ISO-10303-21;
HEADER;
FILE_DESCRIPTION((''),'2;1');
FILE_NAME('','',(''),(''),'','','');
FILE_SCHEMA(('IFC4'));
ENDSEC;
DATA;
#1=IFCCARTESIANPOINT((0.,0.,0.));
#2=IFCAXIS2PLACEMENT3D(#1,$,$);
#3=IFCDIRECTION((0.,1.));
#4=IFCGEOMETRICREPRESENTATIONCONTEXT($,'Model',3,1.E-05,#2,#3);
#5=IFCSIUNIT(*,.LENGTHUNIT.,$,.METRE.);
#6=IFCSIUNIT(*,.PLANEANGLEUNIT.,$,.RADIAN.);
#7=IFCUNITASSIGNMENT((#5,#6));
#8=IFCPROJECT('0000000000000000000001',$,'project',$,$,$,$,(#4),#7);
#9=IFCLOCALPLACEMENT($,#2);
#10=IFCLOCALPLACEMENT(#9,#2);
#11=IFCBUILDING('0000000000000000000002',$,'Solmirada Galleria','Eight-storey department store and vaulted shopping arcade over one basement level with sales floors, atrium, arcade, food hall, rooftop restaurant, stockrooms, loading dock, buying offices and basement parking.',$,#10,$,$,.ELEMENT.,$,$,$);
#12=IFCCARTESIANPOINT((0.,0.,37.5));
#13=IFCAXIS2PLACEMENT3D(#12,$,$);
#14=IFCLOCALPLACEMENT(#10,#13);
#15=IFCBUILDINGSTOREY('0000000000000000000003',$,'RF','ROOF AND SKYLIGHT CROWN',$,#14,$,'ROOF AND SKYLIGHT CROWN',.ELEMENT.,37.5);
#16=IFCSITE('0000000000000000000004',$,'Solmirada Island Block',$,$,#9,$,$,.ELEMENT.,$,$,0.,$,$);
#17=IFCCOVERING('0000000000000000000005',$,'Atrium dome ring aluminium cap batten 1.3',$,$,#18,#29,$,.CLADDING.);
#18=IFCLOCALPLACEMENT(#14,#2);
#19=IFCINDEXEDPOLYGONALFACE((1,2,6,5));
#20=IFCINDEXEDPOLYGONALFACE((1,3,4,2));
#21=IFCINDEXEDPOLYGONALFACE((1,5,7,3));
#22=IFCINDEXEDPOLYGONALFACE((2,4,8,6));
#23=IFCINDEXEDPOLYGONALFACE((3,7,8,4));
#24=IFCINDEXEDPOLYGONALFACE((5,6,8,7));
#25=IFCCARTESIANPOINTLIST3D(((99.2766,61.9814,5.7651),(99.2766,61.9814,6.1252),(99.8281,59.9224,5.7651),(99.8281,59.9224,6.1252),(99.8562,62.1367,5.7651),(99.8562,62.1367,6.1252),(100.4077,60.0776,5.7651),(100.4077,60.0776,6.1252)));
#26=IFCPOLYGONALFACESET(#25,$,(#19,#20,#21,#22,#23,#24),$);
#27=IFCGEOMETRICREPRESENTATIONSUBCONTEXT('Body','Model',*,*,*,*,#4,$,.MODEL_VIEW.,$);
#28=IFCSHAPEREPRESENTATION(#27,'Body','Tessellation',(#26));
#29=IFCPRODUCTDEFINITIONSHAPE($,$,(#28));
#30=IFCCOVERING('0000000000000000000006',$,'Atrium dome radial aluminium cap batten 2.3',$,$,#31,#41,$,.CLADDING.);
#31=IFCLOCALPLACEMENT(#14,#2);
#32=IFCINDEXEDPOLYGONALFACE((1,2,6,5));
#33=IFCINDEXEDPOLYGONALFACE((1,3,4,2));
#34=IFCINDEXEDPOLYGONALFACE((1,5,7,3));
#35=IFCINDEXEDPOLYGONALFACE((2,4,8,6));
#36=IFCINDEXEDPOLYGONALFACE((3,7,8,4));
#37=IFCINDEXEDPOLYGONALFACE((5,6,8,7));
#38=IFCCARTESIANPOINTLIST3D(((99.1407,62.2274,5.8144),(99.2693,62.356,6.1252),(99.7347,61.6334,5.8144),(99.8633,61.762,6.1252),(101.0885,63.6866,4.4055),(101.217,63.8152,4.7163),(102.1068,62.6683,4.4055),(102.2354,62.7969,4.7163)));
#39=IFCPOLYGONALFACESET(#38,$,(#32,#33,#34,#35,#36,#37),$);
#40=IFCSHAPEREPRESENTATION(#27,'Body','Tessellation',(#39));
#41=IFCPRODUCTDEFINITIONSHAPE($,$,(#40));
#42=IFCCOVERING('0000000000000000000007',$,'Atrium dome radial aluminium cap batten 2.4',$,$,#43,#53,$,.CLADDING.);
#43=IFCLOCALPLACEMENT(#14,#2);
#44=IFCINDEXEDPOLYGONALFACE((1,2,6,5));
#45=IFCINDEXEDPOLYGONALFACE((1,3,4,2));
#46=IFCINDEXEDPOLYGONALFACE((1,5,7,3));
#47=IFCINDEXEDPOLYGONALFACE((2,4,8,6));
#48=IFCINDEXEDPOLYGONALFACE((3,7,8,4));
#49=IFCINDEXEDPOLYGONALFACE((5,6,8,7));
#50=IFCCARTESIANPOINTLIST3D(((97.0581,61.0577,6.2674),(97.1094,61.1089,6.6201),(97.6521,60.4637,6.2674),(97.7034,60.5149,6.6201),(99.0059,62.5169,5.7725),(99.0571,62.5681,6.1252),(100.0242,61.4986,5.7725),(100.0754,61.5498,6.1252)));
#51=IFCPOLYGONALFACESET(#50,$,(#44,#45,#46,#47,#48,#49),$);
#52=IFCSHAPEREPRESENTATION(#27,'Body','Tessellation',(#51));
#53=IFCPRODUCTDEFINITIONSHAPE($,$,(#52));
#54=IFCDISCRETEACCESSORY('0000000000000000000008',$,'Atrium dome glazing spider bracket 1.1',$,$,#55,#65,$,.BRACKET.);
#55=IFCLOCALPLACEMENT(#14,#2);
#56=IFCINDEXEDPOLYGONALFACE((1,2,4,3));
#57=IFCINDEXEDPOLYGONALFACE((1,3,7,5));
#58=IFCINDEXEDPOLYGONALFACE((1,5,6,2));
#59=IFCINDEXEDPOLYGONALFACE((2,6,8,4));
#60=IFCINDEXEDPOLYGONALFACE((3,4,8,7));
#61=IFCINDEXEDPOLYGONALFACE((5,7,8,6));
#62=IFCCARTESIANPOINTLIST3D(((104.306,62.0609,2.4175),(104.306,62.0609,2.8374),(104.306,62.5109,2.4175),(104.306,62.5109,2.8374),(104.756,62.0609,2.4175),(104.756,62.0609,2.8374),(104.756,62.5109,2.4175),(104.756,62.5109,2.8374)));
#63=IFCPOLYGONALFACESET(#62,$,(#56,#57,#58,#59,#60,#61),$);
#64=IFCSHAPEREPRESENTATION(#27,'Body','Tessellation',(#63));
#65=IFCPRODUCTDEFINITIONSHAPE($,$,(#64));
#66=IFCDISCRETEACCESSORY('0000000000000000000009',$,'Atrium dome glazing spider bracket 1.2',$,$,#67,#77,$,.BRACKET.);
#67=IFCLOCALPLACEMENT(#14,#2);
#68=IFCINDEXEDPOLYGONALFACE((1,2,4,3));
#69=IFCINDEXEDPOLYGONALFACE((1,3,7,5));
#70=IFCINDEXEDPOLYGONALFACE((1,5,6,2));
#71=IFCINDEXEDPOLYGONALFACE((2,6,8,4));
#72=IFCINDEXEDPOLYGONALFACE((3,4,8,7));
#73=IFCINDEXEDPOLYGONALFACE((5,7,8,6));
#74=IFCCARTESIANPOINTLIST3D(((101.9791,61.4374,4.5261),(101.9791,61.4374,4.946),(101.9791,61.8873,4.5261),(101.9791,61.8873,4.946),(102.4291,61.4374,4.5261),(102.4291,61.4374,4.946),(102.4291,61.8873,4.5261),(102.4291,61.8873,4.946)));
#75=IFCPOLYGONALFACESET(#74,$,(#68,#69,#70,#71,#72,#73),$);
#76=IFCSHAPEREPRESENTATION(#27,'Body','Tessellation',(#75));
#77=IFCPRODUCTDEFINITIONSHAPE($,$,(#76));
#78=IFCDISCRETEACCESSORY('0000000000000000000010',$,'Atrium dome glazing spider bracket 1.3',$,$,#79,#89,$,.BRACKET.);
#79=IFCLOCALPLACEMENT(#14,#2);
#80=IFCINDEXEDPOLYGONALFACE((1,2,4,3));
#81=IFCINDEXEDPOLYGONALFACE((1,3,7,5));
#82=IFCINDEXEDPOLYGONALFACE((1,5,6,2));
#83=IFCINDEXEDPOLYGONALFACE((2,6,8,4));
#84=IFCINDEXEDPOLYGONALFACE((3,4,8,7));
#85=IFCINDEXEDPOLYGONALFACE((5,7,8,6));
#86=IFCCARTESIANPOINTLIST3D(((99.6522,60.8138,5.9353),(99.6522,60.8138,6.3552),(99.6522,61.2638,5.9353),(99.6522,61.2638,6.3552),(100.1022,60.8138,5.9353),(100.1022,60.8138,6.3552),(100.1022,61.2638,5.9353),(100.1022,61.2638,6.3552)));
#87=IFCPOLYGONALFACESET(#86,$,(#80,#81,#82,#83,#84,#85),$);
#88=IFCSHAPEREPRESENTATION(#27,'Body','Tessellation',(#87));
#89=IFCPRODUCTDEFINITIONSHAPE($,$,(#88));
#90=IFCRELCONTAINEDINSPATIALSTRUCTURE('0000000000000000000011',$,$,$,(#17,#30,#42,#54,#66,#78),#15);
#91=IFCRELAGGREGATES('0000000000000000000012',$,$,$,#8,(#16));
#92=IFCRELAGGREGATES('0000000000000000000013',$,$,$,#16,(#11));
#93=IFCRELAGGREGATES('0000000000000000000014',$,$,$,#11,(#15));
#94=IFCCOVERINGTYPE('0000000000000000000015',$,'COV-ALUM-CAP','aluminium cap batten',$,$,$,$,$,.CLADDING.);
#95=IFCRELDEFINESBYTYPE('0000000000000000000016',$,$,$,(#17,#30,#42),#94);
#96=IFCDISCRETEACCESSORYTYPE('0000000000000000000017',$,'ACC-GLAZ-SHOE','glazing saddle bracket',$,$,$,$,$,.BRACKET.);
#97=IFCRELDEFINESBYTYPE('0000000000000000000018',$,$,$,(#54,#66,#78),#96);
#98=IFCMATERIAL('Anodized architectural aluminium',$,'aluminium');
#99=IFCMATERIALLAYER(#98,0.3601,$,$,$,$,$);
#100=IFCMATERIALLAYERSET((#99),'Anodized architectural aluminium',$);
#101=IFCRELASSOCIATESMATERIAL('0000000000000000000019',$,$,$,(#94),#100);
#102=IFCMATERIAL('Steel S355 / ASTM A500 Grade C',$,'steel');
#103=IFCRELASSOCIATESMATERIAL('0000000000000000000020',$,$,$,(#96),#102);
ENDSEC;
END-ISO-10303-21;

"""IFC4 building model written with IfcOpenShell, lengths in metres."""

from ifc_helpers import new_model, si_unit, direction, frame, origin, origin_2d, place, context, subcontext, project, spatial, polyline, rectangle, outline, extrude, material, layer, layer_set, type_object, element, save


model = new_model("IFC4")

# Units and contexts
model_context = context("Model", 3, precision=1e-05, world=origin(), true_north=direction((0.0, 1.0)))
body_context = subcontext(model_context, "Body", "Model", "MODEL_VIEW")
ifc_project = project(units=[si_unit("LENGTHUNIT", "METRE"), si_unit("PLANEANGLEUNIT", "RADIAN")], contexts=[model_context])

# Site, building, storey
site_placement = place(None, origin())
site = spatial("IfcSite", under=ifc_project, at=site_placement, Name="Solmirada Island Block", CompositionType="ELEMENT", RefElevation=0.0)
building_placement = place(site_placement, origin())
building = spatial("IfcBuilding", under=site, at=building_placement, Name="Solmirada Galleria", Description="Eight-storey department store and vaulted shopping arcade over one basement level with sales floors, atrium, arcade, food hall, rooftop restaurant, stockrooms, loading dock, buying offices and basement parking.", CompositionType="ELEMENT")
storey_placement = place(building_placement, frame((0.0, 0.0, 37.5)))
storey = spatial("IfcBuildingStorey", under=building, at=storey_placement, Name="RF", Description="ROOF AND SKYLIGHT CROWN", LongName="ROOF AND SKYLIGHT CROWN", CompositionType="ELEMENT", Elevation=37.5)

# Shared definitions
ifc_material_1 = material(Name="Steel S355 / ASTM A500 Grade C", Category="steel")

# Coverings
ifc_material_2 = material(Name="Anodized architectural aluminium", Category="aluminium")
ifc_layer_1 = layer(ifc_material_2, 0.3601)
ifc_layer_set_1 = layer_set([ifc_layer_1], Name="Anodized architectural aluminium")
covering_type = type_object("IfcCoveringType", Name="COV-ALUM-CAP", Description="aluminium cap batten", PredefinedType="CLADDING", material=ifc_layer_set_1)
covering_1_placement = place(storey_placement, frame((100.4077, 60.0776, 6.1252), z_axis=(0.0, 0.0, 1.0), x_axis=(-0.965937, -0.258777, 0.0)))
element("IfcCovering", 1, at=covering_1_placement, inside=storey, type_object=covering_type, Name="Atrium dome ring aluminium cap batten 1.3", PredefinedType="CLADDING", context=body_context, shape_type="SweptSolid", body=[
    extrude(outline(polyline([(0.0, 0.0), (0.6, 0.0), (0.5999, -2.1317), (-0.0001, -2.1317), (0.0, 0.0)])), origin(), (0.0, 0.0, -1.0), 0.3601),
])
covering_2_placement = place(storey_placement, frame((102.2354, 62.7969, 4.7163), z_axis=(0.356976, 0.356976, 0.863213), x_axis=(-0.707107, 0.707107, 0.0)))
element("IfcCovering", 2, at=covering_2_placement, inside=storey, type_object=covering_type, Name="Atrium dome radial aluminium cap batten 2.3", PredefinedType="CLADDING", context=body_context, shape_type="SweptSolid", body=[
    extrude(outline(polyline([(0.0, 0.0), (1.4401, 0.0), (1.7855, 2.7909), (0.9455, 2.7909), (0.0, 0.0)])), origin(), (0.0, 0.0, -1.0), 0.3601),
])
covering_3_placement = place(storey_placement, frame((100.0754, 61.5498, 6.1252), z_axis=(0.142282, 0.142282, 0.979547), x_axis=(-0.707107, 0.707107, 0.0)))
element("IfcCovering", 3, at=covering_3_placement, inside=storey, type_object=covering_type, Name="Atrium dome radial aluminium cap batten 2.4", PredefinedType="CLADDING", context=body_context, shape_type="SweptSolid", body=[
    extrude(outline(polyline([(0.0, 0.0), (1.4401, 0.0), (1.7855, 2.4594), (0.9455, 2.4594), (0.0, 0.0)])), origin(), (0.0, 0.0, -1.0), 0.3601),
])

# Discrete accessories
discrete_accessory_type = type_object("IfcDiscreteAccessoryType", Name="ACC-GLAZ-SHOE", Description="glazing saddle bracket", PredefinedType="BRACKET", material=ifc_material_1)
for number, where, z_axis, x_axis, name in (
    (4, (104.531, 62.2859, 2.4175), (0.0, 0.0, 1.0), (1.0, 0.0, 0.0), "Atrium dome glazing spider bracket 1.1"),
    (5, (102.2041, 61.6624, 4.5261), (0.0, 0.0, 1.0), (1.0, 0.0, 0.0), "Atrium dome glazing spider bracket 1.2"),
    (6, (99.8772, 61.0388, 5.9353), (0.0, 0.0, 1.0), (1.0, 0.0, 0.0), "Atrium dome glazing spider bracket 1.3"),
):
    element("IfcDiscreteAccessory", number, at=place(storey_placement, frame(where, z_axis=z_axis, x_axis=x_axis)), inside=storey, type_object=discrete_accessory_type, Name=name, PredefinedType="BRACKET", context=body_context, shape_type="SweptSolid", body=[
        extrude(rectangle(XDim=0.45, YDim=0.45, at=origin_2d()), origin(), (0.0, 0.0, 1.0), 0.4199),
    ])

save(model, "model.ifc")
